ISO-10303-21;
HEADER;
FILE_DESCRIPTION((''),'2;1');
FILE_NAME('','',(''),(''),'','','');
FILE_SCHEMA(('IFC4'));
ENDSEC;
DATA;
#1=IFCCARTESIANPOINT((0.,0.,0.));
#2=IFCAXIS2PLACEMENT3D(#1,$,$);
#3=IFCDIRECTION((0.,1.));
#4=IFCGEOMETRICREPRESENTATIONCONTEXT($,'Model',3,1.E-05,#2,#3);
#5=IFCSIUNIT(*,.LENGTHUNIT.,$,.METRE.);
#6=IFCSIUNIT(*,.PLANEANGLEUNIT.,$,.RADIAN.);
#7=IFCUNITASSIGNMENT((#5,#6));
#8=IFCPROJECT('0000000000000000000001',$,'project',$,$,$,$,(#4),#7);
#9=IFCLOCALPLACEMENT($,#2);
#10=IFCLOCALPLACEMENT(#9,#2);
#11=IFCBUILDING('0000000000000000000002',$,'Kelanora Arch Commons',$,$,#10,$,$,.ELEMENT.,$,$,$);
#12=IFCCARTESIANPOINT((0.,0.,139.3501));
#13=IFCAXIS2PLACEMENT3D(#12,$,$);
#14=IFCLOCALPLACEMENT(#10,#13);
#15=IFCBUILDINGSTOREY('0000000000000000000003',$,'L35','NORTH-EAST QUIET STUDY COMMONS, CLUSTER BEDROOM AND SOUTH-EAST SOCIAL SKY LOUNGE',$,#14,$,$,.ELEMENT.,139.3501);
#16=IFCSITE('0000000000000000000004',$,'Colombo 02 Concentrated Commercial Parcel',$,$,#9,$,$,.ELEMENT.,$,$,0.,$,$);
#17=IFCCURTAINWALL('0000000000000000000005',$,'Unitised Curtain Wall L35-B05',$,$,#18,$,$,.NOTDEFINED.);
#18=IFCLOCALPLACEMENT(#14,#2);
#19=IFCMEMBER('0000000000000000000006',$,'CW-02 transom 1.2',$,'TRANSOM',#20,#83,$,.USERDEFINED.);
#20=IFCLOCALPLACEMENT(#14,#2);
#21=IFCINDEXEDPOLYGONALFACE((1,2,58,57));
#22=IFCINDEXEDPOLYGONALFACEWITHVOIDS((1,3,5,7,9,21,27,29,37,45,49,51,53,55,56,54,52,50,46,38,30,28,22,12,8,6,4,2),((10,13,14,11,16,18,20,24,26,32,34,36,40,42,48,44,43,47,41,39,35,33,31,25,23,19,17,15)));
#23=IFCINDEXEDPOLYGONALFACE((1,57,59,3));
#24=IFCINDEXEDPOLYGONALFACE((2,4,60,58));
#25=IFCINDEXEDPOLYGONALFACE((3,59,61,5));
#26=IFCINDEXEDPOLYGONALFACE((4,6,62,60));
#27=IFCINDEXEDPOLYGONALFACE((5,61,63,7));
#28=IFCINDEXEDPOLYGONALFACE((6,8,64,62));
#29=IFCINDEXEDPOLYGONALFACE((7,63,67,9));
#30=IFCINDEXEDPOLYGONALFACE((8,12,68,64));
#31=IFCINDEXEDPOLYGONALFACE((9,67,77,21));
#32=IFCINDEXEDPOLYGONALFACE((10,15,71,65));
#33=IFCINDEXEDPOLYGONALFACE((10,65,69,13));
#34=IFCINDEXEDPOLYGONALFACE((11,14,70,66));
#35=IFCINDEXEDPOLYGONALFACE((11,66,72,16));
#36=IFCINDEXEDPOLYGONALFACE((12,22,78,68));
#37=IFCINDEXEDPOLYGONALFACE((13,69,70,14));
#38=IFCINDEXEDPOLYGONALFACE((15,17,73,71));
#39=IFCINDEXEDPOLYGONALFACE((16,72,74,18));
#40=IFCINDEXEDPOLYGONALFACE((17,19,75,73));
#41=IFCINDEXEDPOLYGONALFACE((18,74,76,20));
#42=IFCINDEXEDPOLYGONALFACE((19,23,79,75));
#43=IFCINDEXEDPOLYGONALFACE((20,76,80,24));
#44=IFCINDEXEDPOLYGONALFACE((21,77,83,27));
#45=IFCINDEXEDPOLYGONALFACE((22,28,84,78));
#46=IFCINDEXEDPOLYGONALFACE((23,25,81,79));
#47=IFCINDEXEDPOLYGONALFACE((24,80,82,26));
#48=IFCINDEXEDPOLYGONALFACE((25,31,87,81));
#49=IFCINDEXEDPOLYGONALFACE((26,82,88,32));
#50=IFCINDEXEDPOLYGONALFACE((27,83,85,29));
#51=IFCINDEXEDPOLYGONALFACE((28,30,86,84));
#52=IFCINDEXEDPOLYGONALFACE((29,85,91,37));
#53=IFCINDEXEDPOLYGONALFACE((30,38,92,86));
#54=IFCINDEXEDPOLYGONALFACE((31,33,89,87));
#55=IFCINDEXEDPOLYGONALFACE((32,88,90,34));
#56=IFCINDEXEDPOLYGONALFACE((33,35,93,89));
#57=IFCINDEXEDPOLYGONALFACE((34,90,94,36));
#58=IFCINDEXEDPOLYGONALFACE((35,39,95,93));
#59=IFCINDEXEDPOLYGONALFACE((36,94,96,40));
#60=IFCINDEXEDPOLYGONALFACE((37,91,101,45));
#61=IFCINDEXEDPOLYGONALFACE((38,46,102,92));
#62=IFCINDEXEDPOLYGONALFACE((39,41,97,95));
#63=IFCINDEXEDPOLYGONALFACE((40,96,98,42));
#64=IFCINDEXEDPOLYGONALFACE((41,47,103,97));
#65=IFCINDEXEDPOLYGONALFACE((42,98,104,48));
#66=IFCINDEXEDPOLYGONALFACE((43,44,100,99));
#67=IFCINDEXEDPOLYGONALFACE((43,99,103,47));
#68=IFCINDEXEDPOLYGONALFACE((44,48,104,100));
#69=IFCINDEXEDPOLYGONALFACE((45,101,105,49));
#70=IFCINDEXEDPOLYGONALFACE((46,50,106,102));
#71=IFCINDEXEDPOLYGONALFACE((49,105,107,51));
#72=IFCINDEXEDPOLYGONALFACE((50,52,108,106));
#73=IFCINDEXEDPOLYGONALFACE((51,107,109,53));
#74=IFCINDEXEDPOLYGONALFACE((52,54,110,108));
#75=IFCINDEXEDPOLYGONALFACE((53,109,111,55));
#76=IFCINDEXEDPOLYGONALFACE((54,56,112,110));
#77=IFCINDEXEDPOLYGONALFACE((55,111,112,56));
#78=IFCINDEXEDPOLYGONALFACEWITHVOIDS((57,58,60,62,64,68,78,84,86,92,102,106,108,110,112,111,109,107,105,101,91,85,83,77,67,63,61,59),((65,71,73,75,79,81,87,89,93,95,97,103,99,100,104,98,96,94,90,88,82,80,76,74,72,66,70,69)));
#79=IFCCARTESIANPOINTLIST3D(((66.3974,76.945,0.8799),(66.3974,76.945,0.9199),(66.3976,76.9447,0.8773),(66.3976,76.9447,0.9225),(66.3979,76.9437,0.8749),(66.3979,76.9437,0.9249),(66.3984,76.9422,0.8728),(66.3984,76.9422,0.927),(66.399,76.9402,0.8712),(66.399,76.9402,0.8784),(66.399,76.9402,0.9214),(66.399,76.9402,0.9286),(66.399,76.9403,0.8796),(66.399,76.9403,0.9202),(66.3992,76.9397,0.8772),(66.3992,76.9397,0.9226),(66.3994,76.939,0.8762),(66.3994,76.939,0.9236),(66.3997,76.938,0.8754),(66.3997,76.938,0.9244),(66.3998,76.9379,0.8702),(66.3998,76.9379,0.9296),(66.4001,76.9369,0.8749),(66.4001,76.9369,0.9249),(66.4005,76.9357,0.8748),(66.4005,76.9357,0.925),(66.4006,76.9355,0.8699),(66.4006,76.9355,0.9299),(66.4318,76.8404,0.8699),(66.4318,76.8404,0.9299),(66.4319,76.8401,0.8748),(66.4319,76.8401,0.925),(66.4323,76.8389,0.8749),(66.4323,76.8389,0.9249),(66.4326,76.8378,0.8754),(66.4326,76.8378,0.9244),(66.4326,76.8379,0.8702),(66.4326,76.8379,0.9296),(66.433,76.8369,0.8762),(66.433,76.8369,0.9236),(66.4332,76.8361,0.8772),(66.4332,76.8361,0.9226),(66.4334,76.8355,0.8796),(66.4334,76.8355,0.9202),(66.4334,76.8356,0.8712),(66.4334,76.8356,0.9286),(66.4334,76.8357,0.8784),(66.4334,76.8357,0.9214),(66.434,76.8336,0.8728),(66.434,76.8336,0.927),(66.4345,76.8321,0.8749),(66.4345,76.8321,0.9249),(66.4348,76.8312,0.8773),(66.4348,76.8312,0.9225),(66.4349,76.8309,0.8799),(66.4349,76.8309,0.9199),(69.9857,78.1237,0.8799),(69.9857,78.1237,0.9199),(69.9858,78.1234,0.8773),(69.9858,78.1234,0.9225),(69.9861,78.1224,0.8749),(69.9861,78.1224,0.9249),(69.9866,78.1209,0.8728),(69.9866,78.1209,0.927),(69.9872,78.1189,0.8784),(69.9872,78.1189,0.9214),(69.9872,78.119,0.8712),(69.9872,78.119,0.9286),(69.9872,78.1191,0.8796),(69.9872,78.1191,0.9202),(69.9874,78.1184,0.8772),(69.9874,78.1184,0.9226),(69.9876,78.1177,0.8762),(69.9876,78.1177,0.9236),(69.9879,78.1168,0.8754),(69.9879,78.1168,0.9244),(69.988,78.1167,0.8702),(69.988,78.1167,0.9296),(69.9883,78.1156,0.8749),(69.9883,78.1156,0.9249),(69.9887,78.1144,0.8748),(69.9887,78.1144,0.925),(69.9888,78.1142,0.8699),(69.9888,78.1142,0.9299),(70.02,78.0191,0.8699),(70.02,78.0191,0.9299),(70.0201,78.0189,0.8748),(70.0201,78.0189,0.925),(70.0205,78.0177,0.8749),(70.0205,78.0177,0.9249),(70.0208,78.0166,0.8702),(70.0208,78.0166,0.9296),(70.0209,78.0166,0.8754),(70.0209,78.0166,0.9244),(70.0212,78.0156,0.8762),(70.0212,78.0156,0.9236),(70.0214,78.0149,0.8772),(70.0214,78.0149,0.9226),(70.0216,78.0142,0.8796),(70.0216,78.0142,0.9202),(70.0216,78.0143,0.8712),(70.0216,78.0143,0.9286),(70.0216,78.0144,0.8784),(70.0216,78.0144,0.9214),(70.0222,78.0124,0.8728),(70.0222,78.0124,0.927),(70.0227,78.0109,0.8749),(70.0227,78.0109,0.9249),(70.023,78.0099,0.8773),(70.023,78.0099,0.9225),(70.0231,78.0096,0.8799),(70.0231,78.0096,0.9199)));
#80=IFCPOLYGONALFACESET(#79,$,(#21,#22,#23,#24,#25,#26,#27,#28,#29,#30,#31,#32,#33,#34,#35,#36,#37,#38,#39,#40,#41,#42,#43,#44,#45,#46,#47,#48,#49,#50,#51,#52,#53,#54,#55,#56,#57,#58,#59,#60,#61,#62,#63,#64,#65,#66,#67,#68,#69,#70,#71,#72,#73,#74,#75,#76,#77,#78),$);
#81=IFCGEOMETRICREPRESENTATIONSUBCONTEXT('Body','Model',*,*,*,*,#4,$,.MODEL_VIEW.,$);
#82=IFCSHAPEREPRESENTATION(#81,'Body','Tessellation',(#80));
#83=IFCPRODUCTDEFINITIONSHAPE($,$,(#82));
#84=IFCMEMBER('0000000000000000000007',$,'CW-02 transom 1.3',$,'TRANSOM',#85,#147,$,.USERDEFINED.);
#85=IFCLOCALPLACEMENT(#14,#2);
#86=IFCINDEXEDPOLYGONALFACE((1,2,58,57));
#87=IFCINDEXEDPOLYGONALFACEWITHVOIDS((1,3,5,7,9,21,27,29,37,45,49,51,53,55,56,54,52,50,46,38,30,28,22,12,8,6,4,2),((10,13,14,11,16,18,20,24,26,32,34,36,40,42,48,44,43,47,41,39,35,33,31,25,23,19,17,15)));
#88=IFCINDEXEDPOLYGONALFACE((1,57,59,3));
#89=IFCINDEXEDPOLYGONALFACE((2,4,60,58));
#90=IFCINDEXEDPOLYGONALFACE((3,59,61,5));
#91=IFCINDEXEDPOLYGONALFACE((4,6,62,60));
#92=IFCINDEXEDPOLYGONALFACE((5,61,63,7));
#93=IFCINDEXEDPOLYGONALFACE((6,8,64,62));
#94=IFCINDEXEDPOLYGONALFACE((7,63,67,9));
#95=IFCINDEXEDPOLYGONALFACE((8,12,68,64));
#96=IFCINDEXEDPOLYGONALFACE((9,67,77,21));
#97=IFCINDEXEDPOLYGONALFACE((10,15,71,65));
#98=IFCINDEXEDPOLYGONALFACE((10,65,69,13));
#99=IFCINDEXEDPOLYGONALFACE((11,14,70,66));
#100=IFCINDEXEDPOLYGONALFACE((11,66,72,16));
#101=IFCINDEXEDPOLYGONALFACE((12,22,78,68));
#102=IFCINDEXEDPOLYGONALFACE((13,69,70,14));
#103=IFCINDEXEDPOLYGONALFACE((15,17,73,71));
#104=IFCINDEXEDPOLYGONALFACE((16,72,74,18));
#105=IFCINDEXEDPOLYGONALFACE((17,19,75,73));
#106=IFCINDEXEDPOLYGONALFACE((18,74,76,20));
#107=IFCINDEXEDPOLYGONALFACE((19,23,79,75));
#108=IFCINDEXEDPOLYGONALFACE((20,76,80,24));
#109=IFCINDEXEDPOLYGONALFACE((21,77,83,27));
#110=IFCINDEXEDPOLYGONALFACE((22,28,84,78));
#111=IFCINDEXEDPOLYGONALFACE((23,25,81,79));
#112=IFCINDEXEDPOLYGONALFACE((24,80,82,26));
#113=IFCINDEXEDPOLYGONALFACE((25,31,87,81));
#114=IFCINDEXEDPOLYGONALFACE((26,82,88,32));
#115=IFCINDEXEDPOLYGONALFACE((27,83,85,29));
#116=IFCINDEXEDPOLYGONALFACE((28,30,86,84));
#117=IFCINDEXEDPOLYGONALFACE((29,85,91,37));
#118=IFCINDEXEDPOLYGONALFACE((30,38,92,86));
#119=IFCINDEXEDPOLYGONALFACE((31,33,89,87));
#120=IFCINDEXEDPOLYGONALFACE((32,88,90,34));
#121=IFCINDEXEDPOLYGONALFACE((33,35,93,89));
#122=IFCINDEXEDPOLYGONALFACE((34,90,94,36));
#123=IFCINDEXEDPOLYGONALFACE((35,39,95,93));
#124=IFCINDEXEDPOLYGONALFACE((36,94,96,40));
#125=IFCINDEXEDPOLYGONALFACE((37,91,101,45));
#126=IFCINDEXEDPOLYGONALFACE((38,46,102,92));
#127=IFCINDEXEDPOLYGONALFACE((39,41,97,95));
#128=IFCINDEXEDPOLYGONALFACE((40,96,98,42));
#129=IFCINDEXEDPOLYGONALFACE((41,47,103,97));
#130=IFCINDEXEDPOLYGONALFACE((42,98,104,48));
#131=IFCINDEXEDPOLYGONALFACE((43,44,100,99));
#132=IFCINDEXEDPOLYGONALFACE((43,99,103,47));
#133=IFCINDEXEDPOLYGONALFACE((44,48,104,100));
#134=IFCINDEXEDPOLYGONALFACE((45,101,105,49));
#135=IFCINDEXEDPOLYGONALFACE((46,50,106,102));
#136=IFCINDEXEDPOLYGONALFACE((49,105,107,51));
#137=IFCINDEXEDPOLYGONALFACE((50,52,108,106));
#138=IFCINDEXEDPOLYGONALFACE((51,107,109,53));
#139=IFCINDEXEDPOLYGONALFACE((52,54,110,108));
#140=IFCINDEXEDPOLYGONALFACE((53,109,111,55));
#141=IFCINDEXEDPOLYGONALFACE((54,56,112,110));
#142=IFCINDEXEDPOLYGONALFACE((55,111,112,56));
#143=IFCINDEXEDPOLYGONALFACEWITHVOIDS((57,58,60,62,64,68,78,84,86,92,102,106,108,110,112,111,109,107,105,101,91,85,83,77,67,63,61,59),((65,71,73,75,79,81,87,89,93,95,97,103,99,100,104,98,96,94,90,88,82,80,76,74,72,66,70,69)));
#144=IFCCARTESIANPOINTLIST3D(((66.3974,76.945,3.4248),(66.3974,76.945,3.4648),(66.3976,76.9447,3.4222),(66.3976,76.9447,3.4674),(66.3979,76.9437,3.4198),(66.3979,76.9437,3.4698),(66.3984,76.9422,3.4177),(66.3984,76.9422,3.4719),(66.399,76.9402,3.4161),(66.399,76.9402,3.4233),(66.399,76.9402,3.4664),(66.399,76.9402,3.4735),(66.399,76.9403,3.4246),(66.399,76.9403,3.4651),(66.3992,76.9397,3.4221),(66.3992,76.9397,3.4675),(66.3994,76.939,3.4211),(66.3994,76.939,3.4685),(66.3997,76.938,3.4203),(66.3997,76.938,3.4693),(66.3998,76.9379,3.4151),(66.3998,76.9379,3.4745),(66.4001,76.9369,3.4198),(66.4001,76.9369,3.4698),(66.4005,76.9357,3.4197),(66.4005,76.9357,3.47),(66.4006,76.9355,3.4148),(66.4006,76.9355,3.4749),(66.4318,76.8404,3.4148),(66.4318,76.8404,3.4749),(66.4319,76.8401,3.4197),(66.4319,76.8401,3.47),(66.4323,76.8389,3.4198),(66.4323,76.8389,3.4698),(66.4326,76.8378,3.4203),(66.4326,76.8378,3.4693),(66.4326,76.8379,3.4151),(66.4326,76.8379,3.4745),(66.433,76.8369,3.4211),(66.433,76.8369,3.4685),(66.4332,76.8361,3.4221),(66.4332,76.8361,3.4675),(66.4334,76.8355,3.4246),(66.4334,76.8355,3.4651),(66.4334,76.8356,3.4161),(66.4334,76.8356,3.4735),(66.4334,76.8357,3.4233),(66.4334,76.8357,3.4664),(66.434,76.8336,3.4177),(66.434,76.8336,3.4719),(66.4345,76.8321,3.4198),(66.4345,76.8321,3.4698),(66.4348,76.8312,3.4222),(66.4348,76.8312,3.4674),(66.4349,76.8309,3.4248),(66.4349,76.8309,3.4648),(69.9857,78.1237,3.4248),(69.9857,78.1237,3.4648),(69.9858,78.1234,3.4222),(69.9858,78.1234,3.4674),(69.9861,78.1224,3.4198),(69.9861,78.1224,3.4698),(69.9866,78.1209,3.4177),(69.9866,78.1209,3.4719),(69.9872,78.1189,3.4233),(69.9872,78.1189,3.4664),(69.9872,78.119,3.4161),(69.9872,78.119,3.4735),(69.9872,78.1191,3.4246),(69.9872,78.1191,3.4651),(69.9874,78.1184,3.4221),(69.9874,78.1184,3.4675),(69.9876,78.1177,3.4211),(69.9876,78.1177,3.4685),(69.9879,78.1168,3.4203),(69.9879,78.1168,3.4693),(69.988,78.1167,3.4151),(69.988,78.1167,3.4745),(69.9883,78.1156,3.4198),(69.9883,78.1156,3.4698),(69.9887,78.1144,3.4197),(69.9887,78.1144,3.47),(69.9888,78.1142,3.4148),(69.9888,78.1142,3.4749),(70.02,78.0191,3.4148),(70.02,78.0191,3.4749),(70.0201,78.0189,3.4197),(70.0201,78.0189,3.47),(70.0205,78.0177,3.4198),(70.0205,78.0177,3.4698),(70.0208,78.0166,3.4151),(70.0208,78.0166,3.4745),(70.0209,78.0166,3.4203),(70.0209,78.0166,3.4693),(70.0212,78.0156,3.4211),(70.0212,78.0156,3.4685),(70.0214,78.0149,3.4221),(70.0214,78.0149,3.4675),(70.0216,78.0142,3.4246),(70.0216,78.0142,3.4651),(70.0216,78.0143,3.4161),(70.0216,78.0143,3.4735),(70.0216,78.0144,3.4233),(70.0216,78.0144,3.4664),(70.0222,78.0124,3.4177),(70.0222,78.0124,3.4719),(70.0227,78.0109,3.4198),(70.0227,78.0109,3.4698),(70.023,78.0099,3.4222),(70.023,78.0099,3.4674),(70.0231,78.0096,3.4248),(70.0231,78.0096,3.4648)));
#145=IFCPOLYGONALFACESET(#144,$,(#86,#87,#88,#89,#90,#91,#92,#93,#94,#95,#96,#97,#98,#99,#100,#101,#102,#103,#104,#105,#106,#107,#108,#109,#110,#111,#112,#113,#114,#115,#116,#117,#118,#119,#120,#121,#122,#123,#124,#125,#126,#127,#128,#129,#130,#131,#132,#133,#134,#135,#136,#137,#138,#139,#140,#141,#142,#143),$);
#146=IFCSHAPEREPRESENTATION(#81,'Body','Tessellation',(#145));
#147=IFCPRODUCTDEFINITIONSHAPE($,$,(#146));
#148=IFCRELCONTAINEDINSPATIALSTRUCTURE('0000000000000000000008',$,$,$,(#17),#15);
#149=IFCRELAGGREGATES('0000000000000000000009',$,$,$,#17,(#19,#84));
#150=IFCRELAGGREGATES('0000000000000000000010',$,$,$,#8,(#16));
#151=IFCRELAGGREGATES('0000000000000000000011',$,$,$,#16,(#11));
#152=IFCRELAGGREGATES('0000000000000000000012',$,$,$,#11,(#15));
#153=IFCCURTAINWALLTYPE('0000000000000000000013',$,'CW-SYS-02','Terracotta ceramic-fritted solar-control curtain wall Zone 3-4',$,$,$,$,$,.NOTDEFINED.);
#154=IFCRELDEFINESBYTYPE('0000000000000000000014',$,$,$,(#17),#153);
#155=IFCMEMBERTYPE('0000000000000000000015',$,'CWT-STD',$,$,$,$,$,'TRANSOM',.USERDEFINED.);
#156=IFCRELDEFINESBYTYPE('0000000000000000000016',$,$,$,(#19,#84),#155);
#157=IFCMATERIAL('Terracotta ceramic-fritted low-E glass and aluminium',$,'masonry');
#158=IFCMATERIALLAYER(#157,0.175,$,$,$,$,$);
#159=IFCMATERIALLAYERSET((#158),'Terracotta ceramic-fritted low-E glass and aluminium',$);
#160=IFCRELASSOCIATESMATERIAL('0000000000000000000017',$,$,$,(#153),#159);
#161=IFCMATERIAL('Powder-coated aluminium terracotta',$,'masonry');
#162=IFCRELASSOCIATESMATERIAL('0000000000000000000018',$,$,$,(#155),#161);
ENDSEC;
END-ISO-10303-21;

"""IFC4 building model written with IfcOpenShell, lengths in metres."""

from ifc_helpers import new_model, si_unit, direction, frame, origin, origin_2d, place, context, subcontext, project, spatial, hollow_rectangle, extrude, material, layer, layer_set, material_profile, profile_set, type_object, element, aggregate, save


model = new_model("IFC4")

# Units and contexts
model_context = context("Model", 3, precision=1e-05, world=origin(), true_north=direction((0.0, 1.0)))
body_context = subcontext(model_context, "Body", "Model", "MODEL_VIEW")
ifc_project = project(units=[si_unit("LENGTHUNIT", "METRE"), si_unit("PLANEANGLEUNIT", "RADIAN")], contexts=[model_context])

# Site, building, storey
site_placement = place(None, origin())
site = spatial("IfcSite", under=ifc_project, at=site_placement, Name="Colombo 02 Concentrated Commercial Parcel", CompositionType="ELEMENT", RefElevation=0.0)
building_placement = place(site_placement, origin())
building = spatial("IfcBuilding", under=site, at=building_placement, Name="Kelanora Arch Commons", CompositionType="ELEMENT")
storey_placement = place(building_placement, frame((0.0, 0.0, 139.3501)))
storey = spatial("IfcBuildingStorey", under=building, at=storey_placement, Name="L35", Description="NORTH-EAST QUIET STUDY COMMONS, CLUSTER BEDROOM AND SOUTH-EAST SOCIAL SKY LOUNGE", CompositionType="ELEMENT", Elevation=139.3501)

# Curtain wall, members
ifc_material_1 = material(Name="Terracotta ceramic-fritted low-E glass and aluminium", Category="masonry")
ifc_layer_1 = layer(ifc_material_1, 0.175)
ifc_layer_set_1 = layer_set([ifc_layer_1], Name="Terracotta ceramic-fritted low-E glass and aluminium")
curtain_wall_type = type_object("IfcCurtainWallType", Name="CW-SYS-02", Description="Terracotta ceramic-fritted solar-control curtain wall Zone 3-4", PredefinedType="NOTDEFINED", material=ifc_layer_set_1)
curtain_wall_placement = place(storey_placement, origin())
curtain_wall = element("IfcCurtainWall", 1, at=curtain_wall_placement, inside=storey, type_object=curtain_wall_type, Name="Unitised Curtain Wall L35-B05", PredefinedType="NOTDEFINED")
ifc_material_2 = material(Name="Powder-coated aluminium terracotta", Category="masonry")
ifc_material_profile_1 = material_profile(ifc_material_2, hollow_rectangle(XDim=0.1201, YDim=0.0601, WallThickness=0.0049, InnerFilletRadius=0.0049, OuterFilletRadius=0.01, at=origin_2d()), Name="CWT120x60")
ifc_profile_set_1 = profile_set([ifc_material_profile_1], Name="Powder-coated aluminium terracotta")
member_type_1 = type_object("IfcMemberType", Name="CWT-STD", ElementType="TRANSOM", PredefinedType="USERDEFINED", material=ifc_profile_set_1)
member_1_placement = place(storey_placement, frame((70.0044, 78.0667, 0.8999), z_axis=(-0.950051, -0.312094, 0.0), x_axis=(0.312094, -0.950051, 0.0)))
member_1 = element("IfcMember", 2, at=member_1_placement, type_object=member_type_1, Name="CW-02 transom 1.2", ObjectType="TRANSOM", PredefinedType="USERDEFINED", context=body_context, shape_type="SweptSolid", body=[
    extrude(hollow_rectangle(XDim=0.1201, YDim=0.0601, WallThickness=0.0049, InnerFilletRadius=0.0049, OuterFilletRadius=0.01, at=origin_2d()), origin(), (0.0, 0.0, 1.0), 3.7769),
])
member_2_placement = place(storey_placement, frame((70.0044, 78.0667, 3.4448), z_axis=(-0.950051, -0.312094, 0.0), x_axis=(0.312094, -0.950051, 0.0)))
member_2 = element("IfcMember", 3, at=member_2_placement, type_object=member_type_1, Name="CW-02 transom 1.3", ObjectType="TRANSOM", PredefinedType="USERDEFINED", context=body_context, shape_type="SweptSolid", body=[
    extrude(hollow_rectangle(XDim=0.1201, YDim=0.0601, WallThickness=0.0049, InnerFilletRadius=0.0049, OuterFilletRadius=0.01, at=origin_2d()), origin(), (0.0, 0.0, 1.0), 3.7769),
])
aggregate(curtain_wall, [member_1, member_2])

save(model, "model.ifc")
